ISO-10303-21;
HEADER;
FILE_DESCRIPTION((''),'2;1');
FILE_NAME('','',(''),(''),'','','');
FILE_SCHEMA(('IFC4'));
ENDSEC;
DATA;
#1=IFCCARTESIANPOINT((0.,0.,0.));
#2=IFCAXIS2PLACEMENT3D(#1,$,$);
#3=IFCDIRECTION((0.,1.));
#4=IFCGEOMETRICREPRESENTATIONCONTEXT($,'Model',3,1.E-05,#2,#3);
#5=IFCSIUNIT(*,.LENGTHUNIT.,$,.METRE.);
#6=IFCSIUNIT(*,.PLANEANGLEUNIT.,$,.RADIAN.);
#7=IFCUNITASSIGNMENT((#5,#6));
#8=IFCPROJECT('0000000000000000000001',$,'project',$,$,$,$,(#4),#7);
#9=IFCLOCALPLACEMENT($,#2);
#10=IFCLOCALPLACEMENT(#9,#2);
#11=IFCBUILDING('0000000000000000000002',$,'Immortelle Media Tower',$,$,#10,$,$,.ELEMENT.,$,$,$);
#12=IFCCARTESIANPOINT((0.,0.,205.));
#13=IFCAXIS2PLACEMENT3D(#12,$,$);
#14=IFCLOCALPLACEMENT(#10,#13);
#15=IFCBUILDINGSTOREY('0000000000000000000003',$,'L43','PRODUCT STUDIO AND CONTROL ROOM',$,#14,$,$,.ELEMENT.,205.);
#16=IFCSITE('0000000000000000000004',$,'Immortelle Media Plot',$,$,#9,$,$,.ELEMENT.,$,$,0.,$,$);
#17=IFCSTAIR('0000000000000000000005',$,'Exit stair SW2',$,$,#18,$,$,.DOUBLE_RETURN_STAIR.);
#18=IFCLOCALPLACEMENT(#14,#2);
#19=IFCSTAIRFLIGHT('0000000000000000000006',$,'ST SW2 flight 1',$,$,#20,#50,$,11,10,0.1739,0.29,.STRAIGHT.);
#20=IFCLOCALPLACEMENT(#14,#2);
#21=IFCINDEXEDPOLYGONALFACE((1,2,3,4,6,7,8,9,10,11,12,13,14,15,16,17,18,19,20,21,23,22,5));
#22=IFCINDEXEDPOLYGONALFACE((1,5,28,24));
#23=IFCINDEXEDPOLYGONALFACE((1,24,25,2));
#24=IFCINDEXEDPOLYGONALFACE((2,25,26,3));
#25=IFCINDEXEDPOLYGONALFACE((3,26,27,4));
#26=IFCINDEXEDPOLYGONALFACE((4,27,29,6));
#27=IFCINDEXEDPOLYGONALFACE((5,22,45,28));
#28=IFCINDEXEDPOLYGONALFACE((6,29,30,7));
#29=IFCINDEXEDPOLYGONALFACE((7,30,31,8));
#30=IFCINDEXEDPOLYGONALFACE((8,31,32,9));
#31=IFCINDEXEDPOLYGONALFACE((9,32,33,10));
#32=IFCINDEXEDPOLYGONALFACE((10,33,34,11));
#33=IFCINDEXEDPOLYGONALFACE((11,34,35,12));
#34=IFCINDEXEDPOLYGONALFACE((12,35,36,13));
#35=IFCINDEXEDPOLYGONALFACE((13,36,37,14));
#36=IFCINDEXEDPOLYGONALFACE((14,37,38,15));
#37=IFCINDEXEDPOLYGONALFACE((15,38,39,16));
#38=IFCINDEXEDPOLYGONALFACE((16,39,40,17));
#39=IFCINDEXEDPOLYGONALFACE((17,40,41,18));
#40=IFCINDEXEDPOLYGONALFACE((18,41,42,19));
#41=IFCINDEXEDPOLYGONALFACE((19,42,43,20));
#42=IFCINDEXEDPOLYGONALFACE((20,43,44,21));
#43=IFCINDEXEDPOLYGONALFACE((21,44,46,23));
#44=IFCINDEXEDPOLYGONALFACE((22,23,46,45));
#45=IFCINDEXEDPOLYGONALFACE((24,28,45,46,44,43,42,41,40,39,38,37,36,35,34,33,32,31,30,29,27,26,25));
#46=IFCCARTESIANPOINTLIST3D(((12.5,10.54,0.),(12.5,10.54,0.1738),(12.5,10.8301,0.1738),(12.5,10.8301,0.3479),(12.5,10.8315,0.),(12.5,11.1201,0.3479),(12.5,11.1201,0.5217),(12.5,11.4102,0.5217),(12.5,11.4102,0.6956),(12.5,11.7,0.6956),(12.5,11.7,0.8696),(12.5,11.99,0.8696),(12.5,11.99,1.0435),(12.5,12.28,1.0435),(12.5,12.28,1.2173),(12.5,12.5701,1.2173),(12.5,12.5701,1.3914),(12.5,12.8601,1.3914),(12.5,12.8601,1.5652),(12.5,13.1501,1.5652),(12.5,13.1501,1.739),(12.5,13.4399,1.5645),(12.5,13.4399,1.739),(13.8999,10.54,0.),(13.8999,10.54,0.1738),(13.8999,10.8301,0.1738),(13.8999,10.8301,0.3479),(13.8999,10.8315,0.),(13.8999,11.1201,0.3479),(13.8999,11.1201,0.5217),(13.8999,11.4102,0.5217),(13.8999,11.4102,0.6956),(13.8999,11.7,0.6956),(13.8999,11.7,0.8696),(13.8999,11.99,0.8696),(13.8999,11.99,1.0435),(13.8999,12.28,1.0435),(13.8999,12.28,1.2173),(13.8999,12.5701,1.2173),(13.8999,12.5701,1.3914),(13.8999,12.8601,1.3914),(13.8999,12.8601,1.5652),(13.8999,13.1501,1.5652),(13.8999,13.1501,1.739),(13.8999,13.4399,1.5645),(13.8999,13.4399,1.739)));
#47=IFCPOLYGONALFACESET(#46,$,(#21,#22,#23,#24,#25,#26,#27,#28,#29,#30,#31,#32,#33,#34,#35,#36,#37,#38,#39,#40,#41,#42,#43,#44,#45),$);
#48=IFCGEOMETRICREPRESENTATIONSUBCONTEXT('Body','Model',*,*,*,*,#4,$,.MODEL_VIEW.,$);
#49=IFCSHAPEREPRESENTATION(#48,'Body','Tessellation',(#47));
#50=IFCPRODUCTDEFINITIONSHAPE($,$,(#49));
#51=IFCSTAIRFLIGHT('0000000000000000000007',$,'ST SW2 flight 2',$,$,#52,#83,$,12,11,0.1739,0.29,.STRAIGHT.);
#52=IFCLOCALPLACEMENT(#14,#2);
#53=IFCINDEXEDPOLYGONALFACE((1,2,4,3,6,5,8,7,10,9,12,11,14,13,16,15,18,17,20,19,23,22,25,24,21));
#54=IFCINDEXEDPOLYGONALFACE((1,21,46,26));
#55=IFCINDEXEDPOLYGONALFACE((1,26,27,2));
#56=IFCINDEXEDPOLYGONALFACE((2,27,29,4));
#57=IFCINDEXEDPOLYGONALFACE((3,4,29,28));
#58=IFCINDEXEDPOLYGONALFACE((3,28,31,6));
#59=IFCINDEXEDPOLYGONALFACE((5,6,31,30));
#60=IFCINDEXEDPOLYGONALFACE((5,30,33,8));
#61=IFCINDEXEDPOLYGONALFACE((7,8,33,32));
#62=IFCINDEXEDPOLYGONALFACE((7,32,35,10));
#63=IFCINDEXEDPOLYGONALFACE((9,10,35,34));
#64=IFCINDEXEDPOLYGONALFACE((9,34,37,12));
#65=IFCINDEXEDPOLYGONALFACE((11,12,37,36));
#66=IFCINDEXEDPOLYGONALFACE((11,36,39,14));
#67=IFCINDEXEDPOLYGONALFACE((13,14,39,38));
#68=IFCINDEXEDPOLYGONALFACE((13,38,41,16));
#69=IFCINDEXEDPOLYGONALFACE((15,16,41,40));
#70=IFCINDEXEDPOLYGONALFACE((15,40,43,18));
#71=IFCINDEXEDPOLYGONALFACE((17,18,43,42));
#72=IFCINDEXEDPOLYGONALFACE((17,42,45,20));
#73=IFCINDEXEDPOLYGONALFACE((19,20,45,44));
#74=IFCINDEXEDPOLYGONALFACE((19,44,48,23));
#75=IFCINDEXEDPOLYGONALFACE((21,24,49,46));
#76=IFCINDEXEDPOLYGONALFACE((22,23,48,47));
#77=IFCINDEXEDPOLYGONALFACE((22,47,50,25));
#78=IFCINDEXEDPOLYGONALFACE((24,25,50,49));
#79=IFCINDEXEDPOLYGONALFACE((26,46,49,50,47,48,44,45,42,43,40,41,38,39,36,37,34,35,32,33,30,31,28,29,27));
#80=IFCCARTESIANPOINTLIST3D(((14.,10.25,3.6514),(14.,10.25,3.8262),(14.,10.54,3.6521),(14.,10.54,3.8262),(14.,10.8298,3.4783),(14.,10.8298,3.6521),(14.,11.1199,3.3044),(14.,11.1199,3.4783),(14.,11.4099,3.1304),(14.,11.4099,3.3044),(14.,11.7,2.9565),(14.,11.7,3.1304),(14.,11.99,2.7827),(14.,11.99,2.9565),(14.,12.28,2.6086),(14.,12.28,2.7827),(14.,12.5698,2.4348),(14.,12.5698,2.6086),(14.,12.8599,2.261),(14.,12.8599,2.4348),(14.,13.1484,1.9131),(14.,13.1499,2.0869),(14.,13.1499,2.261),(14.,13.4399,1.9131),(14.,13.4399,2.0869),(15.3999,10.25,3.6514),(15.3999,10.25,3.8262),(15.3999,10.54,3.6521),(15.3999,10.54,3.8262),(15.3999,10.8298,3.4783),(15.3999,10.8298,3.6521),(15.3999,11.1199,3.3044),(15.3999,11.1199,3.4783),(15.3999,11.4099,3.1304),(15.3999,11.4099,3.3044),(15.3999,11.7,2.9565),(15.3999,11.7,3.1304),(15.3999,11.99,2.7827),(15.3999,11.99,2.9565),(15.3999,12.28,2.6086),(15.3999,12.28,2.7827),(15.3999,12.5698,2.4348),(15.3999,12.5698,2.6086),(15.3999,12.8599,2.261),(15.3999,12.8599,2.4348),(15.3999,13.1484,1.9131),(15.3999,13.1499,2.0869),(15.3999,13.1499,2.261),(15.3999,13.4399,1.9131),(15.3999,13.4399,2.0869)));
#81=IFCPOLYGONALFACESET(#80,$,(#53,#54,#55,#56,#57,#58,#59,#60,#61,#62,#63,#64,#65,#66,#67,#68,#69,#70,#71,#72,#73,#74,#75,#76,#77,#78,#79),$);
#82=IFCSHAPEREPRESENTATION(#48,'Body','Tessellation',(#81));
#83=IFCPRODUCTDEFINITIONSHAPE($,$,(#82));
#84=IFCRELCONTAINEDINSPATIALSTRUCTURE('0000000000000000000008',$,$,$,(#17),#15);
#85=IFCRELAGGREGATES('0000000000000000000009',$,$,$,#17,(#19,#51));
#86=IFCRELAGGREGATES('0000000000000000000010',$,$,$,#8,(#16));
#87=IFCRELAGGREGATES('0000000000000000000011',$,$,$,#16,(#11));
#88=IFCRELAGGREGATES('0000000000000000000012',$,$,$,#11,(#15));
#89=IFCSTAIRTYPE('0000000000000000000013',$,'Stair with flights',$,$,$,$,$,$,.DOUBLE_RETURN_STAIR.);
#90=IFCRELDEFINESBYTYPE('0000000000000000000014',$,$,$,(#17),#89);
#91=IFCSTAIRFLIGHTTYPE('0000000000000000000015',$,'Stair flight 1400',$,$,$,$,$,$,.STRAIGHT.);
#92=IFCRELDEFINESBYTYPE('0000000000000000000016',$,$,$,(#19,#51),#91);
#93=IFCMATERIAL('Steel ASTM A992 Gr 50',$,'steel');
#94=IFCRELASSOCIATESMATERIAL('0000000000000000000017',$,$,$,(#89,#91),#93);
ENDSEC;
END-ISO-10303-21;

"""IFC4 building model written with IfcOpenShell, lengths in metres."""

from ifc_helpers import new_model, si_unit, direction, frame, origin, place, context, subcontext, project, spatial, polyline, outline, extrude, material, type_object, element, aggregate, save


model = new_model("IFC4")

# Units and contexts
model_context = context("Model", 3, precision=1e-05, world=origin(), true_north=direction((0.0, 1.0)))
body_context = subcontext(model_context, "Body", "Model", "MODEL_VIEW")
ifc_project = project(units=[si_unit("LENGTHUNIT", "METRE"), si_unit("PLANEANGLEUNIT", "RADIAN")], contexts=[model_context])

# Site, building, storey
site_placement = place(None, origin())
site = spatial("IfcSite", under=ifc_project, at=site_placement, Name="Immortelle Media Plot", CompositionType="ELEMENT", RefElevation=0.0)
building_placement = place(site_placement, origin())
building = spatial("IfcBuilding", under=site, at=building_placement, Name="Immortelle Media Tower", CompositionType="ELEMENT")
storey_placement = place(building_placement, frame((0.0, 0.0, 205.0)))
storey = spatial("IfcBuildingStorey", under=building, at=storey_placement, Name="L43", Description="PRODUCT STUDIO AND CONTROL ROOM", CompositionType="ELEMENT", Elevation=205.0)

# Stair, stair flights
ifc_material_1 = material(Name="Steel ASTM A992 Gr 50", Category="steel")
stair_type = type_object("IfcStairType", Name="Stair with flights", PredefinedType="DOUBLE_RETURN_STAIR", material=ifc_material_1)
stair_flight_type = type_object("IfcStairFlightType", Name="Stair flight 1400", PredefinedType="STRAIGHT", material=ifc_material_1)
stair_1_placement = place(storey_placement, origin())
stair_1 = element("IfcStair", 1, at=stair_1_placement, inside=storey, type_object=stair_type, Name="Exit stair SW2", PredefinedType="DOUBLE_RETURN_STAIR")
stair_flight_1_placement = place(storey_placement, frame((13.2, 10.54, 0.0), z_axis=(0.0, 0.0, 1.0), x_axis=(0.0, 1.0, 0.0)))
stair_flight_1 = element("IfcStairFlight", 2, at=stair_flight_1_placement, type_object=stair_flight_type, Name="ST SW2 flight 1", NumberOfRisers=11, NumberOfTreads=10, PredefinedType="STRAIGHT", RiserHeight=0.1739, TreadLength=0.29, context=body_context, shape_type="SweptSolid", body=[
    extrude(outline(polyline([(0.0, 0.0), (0.0, 0.1738), (0.29, 0.1738), (0.29, 0.3479), (0.5801, 0.3479), (0.5801, 0.5217), (0.8701, 0.5217), (0.8701, 0.6956), (1.1599, 0.6956), (1.1599, 0.8696), (1.45, 0.8696), (1.45, 1.0435), (1.74, 1.0435), (1.74, 1.2173), (2.03, 1.2173), (2.03, 1.3914), (2.3201, 1.3914), (2.3201, 1.5652), (2.6101, 1.5652), (2.6101, 1.739), (2.8999, 1.739), (2.8999, 1.9131), (2.8999, 1.5645), (0.2915, 0.0), (0.0, 0.0)])), frame((0.0, 0.7, 0.0), z_axis=(0.0, -1.0, 0.0), x_axis=(1.0, 0.0, 0.0)), (0.0, 0.0, 1.0), 1.3999),
])
stair_flight_2_placement = place(storey_placement, frame((14.7, 13.4399, 1.9131), z_axis=(0.0, 0.0, 1.0), x_axis=(0.0, -1.0, 0.0)))
stair_flight_2 = element("IfcStairFlight", 3, at=stair_flight_2_placement, type_object=stair_flight_type, Name="ST SW2 flight 2", NumberOfRisers=12, NumberOfTreads=11, PredefinedType="STRAIGHT", RiserHeight=0.1739, TreadLength=0.29, context=body_context, shape_type="SweptSolid", body=[
    extrude(outline(polyline([(0.0, 0.0), (0.0, 0.1738), (0.29, 0.1738), (0.29, 0.3479), (0.5801, 0.3479), (0.5801, 0.5217), (0.8701, 0.5217), (0.8701, 0.6956), (1.1599, 0.6956), (1.1599, 0.8696), (1.45, 0.8696), (1.45, 1.0435), (1.74, 1.0435), (1.74, 1.2173), (2.03, 1.2173), (2.03, 1.3914), (2.3201, 1.3914), (2.3201, 1.5652), (2.6101, 1.5652), (2.6101, 1.739), (2.8999, 1.739), (2.8999, 1.9131), (3.1899, 1.9131), (3.1899, 2.0869), (3.1899, 1.7383), (0.2915, 0.0), (0.0, 0.0)])), frame((0.0, 0.7, 0.0), z_axis=(0.0, -1.0, 0.0), x_axis=(1.0, 0.0, 0.0)), (0.0, 0.0, 1.0), 1.3999),
])
aggregate(stair_1, [stair_flight_1, stair_flight_2])

save(model, "model.ifc")
